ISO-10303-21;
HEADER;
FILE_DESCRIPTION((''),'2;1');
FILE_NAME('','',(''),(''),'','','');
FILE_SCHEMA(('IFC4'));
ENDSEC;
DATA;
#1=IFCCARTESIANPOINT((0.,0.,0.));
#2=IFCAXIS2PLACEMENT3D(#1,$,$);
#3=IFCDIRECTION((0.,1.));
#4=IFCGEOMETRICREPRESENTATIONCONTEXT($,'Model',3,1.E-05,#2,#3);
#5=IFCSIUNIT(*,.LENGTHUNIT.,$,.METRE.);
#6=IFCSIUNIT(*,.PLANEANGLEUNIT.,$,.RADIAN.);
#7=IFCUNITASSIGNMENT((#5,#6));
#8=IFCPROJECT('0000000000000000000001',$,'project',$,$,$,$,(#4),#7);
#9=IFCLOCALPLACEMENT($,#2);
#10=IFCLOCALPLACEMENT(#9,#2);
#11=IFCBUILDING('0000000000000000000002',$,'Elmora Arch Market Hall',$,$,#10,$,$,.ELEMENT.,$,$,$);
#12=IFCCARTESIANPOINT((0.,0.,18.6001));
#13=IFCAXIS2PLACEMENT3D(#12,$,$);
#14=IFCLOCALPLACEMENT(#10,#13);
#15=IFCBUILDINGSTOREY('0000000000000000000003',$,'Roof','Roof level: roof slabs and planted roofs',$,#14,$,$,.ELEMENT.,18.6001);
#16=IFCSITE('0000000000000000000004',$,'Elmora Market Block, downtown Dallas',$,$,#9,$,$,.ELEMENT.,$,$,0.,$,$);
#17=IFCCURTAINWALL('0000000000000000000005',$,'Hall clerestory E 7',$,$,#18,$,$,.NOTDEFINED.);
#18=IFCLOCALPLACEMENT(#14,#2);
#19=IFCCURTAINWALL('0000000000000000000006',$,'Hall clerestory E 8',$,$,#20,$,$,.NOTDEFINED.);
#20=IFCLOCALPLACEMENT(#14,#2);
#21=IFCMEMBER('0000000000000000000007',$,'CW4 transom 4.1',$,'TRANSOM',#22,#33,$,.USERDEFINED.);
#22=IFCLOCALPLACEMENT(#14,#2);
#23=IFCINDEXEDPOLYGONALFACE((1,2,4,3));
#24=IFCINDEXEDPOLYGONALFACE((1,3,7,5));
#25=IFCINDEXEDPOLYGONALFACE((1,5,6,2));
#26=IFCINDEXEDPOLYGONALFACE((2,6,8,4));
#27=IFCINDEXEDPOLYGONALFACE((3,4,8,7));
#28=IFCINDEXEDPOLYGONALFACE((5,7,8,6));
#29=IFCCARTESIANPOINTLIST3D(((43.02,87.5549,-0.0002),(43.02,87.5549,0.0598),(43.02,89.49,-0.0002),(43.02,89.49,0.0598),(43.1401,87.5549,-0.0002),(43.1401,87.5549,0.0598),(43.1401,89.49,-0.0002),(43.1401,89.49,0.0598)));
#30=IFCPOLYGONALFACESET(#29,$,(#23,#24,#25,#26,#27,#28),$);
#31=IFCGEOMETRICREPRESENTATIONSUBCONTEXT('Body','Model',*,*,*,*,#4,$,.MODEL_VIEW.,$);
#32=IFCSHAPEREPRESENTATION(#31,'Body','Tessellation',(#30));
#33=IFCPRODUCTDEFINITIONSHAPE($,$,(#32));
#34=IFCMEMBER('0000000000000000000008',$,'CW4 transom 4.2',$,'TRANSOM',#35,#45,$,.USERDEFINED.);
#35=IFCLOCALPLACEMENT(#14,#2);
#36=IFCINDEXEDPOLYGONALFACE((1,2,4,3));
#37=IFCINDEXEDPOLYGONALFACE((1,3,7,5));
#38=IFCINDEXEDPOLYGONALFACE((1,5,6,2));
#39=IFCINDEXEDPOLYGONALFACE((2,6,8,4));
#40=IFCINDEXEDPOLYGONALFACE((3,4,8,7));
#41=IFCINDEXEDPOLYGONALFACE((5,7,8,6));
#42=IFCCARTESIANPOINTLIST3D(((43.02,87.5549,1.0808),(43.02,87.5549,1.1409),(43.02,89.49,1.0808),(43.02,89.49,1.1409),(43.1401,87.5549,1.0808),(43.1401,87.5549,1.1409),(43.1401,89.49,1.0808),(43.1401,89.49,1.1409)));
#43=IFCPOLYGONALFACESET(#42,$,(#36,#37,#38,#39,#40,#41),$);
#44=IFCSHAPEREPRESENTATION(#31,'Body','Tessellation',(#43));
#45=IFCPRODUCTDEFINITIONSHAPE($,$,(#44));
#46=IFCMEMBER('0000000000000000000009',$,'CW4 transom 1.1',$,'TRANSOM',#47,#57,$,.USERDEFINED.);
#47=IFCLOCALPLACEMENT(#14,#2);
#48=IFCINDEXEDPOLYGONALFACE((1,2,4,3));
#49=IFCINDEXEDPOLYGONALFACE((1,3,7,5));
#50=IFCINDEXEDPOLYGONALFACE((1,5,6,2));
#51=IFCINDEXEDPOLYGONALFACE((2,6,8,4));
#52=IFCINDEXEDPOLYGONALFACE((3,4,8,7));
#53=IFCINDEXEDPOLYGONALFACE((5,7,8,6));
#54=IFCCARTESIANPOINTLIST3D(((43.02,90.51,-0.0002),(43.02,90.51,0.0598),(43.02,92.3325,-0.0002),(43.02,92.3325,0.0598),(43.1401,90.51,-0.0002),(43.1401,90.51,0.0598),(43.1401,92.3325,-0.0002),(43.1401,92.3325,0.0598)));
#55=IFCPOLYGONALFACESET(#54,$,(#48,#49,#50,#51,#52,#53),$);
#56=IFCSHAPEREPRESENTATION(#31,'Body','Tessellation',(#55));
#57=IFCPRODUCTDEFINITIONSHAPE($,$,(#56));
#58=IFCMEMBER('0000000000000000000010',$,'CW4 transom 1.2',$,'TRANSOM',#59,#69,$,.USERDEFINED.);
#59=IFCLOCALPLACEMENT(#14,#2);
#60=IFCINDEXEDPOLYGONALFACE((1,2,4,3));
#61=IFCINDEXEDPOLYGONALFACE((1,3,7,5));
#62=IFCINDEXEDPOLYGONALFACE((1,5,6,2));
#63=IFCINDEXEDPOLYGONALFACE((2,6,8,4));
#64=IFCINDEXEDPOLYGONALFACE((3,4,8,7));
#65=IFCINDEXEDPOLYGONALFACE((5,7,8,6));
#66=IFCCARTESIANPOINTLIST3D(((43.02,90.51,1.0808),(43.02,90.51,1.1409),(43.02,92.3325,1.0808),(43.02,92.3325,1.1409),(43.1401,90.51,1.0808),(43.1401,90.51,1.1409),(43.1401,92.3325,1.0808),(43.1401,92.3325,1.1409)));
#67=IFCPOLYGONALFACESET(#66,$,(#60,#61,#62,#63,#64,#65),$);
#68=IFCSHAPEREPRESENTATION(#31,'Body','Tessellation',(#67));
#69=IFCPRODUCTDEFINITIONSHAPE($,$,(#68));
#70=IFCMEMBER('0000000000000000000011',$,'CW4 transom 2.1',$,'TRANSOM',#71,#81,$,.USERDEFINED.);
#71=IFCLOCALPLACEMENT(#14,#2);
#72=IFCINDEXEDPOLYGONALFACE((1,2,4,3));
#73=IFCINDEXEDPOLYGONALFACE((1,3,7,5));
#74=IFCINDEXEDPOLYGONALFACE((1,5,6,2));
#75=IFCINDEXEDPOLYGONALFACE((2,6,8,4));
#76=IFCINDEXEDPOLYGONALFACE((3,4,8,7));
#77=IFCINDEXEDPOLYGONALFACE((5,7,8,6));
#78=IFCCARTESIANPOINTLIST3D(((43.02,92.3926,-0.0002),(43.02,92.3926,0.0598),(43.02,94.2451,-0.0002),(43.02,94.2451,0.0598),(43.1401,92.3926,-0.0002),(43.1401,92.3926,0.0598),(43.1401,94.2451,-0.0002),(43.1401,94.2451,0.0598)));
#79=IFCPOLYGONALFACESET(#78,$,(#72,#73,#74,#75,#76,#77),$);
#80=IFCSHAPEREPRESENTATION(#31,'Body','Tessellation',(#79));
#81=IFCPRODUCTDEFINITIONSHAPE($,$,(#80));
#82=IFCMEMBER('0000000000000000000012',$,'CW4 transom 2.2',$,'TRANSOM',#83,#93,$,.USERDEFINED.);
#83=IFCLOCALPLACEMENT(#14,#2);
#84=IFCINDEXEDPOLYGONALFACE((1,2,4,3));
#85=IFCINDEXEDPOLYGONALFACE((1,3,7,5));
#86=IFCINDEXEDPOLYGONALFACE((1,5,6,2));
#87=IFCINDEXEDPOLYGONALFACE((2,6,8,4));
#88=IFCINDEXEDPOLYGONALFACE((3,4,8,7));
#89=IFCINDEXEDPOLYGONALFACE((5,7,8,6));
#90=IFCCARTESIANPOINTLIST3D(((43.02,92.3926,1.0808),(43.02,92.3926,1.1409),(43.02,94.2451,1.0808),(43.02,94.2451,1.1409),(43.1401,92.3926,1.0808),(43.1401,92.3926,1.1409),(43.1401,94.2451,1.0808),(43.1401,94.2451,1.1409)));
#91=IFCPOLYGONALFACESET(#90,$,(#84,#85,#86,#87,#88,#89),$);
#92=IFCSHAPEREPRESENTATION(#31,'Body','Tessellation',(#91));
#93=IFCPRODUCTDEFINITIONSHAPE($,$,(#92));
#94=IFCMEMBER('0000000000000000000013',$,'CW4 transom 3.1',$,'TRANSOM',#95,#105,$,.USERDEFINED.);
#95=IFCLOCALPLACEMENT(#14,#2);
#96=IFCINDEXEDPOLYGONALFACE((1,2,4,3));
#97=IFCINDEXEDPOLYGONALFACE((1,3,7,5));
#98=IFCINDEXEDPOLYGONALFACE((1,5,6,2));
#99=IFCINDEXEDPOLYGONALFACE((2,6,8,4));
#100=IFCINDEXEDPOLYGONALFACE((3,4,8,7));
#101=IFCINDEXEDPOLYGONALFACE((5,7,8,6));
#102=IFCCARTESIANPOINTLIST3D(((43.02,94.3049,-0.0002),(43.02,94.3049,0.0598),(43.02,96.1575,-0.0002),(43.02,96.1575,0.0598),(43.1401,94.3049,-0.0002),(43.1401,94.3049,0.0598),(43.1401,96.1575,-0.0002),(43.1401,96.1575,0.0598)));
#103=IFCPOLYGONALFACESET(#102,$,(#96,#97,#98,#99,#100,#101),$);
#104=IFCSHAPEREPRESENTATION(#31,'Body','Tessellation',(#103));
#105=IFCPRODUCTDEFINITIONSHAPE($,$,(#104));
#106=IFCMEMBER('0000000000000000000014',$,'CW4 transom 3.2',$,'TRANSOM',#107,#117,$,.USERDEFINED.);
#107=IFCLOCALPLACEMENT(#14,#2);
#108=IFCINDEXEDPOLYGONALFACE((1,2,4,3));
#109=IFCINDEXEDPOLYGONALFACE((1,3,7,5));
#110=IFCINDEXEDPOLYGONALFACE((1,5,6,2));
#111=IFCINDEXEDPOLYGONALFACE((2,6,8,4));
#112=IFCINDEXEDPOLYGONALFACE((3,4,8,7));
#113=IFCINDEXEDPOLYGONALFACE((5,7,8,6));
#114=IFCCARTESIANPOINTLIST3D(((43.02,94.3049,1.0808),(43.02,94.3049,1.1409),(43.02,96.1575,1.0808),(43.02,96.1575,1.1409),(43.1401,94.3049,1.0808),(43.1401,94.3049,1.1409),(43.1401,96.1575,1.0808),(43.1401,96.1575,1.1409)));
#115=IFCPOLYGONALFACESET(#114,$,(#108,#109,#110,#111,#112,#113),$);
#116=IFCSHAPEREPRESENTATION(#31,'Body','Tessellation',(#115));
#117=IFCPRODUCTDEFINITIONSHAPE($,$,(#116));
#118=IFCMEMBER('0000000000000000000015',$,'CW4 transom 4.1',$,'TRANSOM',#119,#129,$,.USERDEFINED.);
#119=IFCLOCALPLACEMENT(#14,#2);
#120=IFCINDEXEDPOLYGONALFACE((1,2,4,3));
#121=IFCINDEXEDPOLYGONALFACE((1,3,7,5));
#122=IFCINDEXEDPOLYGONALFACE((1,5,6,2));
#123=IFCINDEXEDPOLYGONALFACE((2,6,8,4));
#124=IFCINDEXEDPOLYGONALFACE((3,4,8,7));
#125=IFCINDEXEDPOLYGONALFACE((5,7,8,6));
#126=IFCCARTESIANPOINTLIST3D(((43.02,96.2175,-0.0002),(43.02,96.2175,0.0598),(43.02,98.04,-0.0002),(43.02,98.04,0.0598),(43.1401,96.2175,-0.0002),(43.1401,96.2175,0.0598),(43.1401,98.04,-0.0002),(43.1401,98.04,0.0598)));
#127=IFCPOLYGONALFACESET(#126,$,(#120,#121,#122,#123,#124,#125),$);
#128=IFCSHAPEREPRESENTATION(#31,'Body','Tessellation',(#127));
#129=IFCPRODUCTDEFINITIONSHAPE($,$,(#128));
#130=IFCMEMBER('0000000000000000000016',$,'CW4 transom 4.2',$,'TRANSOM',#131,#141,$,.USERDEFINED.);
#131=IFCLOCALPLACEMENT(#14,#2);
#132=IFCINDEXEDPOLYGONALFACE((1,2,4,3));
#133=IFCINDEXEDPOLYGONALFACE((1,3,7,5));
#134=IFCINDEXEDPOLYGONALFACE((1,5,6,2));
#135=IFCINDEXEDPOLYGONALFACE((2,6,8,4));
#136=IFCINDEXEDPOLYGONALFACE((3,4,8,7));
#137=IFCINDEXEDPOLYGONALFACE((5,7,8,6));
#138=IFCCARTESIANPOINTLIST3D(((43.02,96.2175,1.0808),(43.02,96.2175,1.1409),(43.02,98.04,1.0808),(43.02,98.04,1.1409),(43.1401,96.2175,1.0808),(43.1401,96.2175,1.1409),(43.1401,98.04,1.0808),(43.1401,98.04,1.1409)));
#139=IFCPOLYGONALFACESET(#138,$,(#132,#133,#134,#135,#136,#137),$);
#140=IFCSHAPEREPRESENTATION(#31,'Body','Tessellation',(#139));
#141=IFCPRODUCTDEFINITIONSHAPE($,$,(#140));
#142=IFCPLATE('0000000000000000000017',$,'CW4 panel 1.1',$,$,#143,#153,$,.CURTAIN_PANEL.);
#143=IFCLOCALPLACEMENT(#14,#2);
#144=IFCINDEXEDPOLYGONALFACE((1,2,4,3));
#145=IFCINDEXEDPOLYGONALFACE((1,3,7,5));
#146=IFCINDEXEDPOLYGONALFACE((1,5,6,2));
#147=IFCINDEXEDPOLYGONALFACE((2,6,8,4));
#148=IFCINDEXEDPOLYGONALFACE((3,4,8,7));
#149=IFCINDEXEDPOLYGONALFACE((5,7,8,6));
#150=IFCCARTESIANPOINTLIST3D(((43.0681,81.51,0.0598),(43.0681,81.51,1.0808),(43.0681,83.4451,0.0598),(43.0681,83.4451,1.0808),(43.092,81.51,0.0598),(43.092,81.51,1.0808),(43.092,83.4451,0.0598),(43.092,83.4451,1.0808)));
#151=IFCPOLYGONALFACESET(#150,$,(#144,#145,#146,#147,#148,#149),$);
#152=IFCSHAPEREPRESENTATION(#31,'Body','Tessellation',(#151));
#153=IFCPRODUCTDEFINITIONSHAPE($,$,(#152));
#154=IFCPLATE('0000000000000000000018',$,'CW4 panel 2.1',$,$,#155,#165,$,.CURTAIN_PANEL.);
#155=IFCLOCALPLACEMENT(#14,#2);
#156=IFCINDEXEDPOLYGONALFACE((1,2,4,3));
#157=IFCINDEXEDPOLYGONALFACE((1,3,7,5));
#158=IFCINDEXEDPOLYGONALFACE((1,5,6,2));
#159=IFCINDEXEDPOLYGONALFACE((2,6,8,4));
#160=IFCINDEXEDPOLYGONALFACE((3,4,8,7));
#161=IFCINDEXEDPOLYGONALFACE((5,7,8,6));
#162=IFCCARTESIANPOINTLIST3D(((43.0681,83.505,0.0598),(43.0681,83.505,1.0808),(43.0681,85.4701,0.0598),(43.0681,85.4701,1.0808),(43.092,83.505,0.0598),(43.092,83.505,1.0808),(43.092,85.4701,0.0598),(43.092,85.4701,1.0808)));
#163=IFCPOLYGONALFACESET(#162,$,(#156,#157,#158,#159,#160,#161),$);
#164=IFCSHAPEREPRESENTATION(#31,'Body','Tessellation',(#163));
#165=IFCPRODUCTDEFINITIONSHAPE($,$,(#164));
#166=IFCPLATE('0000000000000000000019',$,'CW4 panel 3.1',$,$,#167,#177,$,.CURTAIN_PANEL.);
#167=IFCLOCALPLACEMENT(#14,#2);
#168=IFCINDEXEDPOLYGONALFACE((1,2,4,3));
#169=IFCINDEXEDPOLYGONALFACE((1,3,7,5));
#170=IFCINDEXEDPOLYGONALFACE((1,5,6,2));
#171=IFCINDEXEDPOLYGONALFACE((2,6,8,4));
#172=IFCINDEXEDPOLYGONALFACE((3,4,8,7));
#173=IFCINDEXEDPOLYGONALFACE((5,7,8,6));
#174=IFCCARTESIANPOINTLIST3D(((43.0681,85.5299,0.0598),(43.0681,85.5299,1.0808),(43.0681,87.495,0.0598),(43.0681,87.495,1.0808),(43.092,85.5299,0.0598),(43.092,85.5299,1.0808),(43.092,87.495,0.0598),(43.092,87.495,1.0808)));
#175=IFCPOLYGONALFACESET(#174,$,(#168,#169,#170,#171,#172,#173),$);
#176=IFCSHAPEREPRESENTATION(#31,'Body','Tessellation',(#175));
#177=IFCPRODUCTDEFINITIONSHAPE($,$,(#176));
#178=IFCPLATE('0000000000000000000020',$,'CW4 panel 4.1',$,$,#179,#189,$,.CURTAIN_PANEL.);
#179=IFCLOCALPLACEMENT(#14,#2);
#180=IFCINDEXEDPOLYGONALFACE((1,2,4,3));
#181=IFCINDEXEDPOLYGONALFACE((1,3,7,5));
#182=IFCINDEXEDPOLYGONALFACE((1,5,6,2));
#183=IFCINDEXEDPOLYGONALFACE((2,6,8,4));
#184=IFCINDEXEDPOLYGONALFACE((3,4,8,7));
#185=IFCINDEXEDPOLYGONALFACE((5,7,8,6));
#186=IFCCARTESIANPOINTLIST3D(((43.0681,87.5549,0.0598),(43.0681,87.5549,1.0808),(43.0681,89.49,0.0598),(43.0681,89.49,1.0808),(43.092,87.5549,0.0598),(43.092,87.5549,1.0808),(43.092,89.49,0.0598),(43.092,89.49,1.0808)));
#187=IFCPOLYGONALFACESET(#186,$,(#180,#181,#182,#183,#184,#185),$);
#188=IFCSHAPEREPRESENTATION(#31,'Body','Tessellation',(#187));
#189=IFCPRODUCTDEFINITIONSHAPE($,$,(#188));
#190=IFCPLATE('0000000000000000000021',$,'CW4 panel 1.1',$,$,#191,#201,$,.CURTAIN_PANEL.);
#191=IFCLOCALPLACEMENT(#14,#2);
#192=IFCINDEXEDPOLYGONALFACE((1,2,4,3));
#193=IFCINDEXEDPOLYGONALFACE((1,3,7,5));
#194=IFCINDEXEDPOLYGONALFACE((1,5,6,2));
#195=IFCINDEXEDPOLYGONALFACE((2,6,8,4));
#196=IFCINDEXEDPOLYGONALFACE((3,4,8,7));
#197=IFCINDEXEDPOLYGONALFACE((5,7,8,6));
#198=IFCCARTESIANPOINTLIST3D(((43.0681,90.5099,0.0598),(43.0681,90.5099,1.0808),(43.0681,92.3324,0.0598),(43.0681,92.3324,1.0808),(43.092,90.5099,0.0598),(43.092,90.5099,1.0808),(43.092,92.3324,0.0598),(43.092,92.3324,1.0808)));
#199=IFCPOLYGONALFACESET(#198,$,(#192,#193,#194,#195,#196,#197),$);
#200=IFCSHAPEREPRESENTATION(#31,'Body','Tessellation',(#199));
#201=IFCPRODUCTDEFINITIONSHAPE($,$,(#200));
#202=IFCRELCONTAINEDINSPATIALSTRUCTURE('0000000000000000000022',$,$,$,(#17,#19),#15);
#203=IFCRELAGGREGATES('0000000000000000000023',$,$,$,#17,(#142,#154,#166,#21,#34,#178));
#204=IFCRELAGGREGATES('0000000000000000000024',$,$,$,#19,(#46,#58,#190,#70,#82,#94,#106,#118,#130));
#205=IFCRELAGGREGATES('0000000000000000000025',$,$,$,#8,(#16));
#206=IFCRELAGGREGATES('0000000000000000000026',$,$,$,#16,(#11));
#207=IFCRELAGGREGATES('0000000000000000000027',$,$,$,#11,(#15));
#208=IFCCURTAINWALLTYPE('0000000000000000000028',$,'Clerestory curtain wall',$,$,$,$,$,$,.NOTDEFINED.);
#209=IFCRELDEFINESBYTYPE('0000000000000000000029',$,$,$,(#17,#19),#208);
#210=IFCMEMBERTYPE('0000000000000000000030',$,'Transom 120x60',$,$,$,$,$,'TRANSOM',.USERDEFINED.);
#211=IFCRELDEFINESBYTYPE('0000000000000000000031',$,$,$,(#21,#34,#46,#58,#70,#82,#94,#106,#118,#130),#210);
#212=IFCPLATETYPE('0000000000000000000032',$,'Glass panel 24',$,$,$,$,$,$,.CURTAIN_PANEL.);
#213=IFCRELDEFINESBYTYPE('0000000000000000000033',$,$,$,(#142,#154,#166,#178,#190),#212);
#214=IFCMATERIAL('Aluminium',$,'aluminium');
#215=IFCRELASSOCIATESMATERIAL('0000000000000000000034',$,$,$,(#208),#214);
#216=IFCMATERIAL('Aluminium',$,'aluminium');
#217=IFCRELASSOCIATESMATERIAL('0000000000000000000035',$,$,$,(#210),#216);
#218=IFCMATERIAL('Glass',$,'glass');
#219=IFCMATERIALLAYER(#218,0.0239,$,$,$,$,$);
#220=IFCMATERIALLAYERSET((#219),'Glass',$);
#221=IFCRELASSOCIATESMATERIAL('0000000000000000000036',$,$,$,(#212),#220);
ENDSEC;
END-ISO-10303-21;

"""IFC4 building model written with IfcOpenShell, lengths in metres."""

from ifc_helpers import new_model, si_unit, direction, frame, origin, origin_2d, place, context, subcontext, project, spatial, rectangle, extrude, material, layer, layer_set, material_profile, profile_set, type_object, element, aggregate, save


model = new_model("IFC4")

# Units and contexts
model_context = context("Model", 3, precision=1e-05, world=origin(), true_north=direction((0.0, 1.0)))
body_context = subcontext(model_context, "Body", "Model", "MODEL_VIEW")
ifc_project = project(units=[si_unit("LENGTHUNIT", "METRE"), si_unit("PLANEANGLEUNIT", "RADIAN")], contexts=[model_context])

# Site, building, storey
site_placement = place(None, origin())
site = spatial("IfcSite", under=ifc_project, at=site_placement, Name="Elmora Market Block, downtown Dallas", CompositionType="ELEMENT", RefElevation=0.0)
building_placement = place(site_placement, origin())
building = spatial("IfcBuilding", under=site, at=building_placement, Name="Elmora Arch Market Hall", CompositionType="ELEMENT")
storey_placement = place(building_placement, frame((0.0, 0.0, 18.6001)))
storey = spatial("IfcBuildingStorey", under=building, at=storey_placement, Name="Roof", Description="Roof level: roof slabs and planted roofs", CompositionType="ELEMENT", Elevation=18.6001)

# Curtain walls
ifc_material_1 = material(Name="Aluminium", Category="aluminium")
curtain_wall_type = type_object("IfcCurtainWallType", Name="Clerestory curtain wall", PredefinedType="NOTDEFINED", material=ifc_material_1)
curtain_wall_1_placement = place(storey_placement, origin())
curtain_wall_1 = element("IfcCurtainWall", 1, at=curtain_wall_1_placement, inside=storey, type_object=curtain_wall_type, Name="Hall clerestory E 7", PredefinedType="NOTDEFINED")
curtain_wall_2_placement = place(storey_placement, origin())
curtain_wall_2 = element("IfcCurtainWall", 2, at=curtain_wall_2_placement, inside=storey, type_object=curtain_wall_type, Name="Hall clerestory E 8", PredefinedType="NOTDEFINED")

# Members
ifc_material_2 = material(Name="Aluminium", Category="aluminium")
ifc_material_profile_1 = material_profile(ifc_material_2, rectangle(XDim=0.1201, YDim=0.0601, at=origin_2d()), Name="AL 120x60")
ifc_profile_set_1 = profile_set([ifc_material_profile_1], Name="Aluminium")
member_type_1 = type_object("IfcMemberType", Name="Transom 120x60", ElementType="TRANSOM", PredefinedType="USERDEFINED", material=ifc_profile_set_1)
member_1_placement = place(storey_placement, frame((43.0801, 87.5549, 0.0298), z_axis=(0.0, 1.0, 0.0), x_axis=(-1.0, 0.0, 0.0)))
member_1 = element("IfcMember", 3, at=member_1_placement, type_object=member_type_1, Name="CW4 transom 4.1", ObjectType="TRANSOM", PredefinedType="USERDEFINED", context=body_context, shape_type="SweptSolid", body=[
    extrude(rectangle(XDim=0.1201, YDim=0.0601, at=origin_2d()), origin(), (0.0, 0.0, 1.0), 1.9351),
])
member_2_placement = place(storey_placement, frame((43.0801, 87.5549, 1.1108), z_axis=(0.0, 1.0, 0.0), x_axis=(-1.0, 0.0, 0.0)))
member_2 = element("IfcMember", 4, at=member_2_placement, type_object=member_type_1, Name="CW4 transom 4.2", ObjectType="TRANSOM", PredefinedType="USERDEFINED", context=body_context, shape_type="SweptSolid", body=[
    extrude(rectangle(XDim=0.1201, YDim=0.0601, at=origin_2d()), origin(), (0.0, 0.0, 1.0), 1.9351),
])
member_3_placement = place(storey_placement, frame((43.0801, 90.51, 0.0298), z_axis=(0.0, 1.0, 0.0), x_axis=(-1.0, 0.0, 0.0)))
member_3 = element("IfcMember", 5, at=member_3_placement, type_object=member_type_1, Name="CW4 transom 1.1", ObjectType="TRANSOM", PredefinedType="USERDEFINED", context=body_context, shape_type="SweptSolid", body=[
    extrude(rectangle(XDim=0.1201, YDim=0.0601, at=origin_2d()), origin(), (0.0, 0.0, 1.0), 1.8225),
])
member_4_placement = place(storey_placement, frame((43.0801, 90.51, 1.1108), z_axis=(0.0, 1.0, 0.0), x_axis=(-1.0, 0.0, 0.0)))
member_4 = element("IfcMember", 6, at=member_4_placement, type_object=member_type_1, Name="CW4 transom 1.2", ObjectType="TRANSOM", PredefinedType="USERDEFINED", context=body_context, shape_type="SweptSolid", body=[
    extrude(rectangle(XDim=0.1201, YDim=0.0601, at=origin_2d()), origin(), (0.0, 0.0, 1.0), 1.8225),
])
member_5_placement = place(storey_placement, frame((43.0801, 92.3926, 0.0298), z_axis=(0.0, 1.0, 0.0), x_axis=(-1.0, 0.0, 0.0)))
member_5 = element("IfcMember", 7, at=member_5_placement, type_object=member_type_1, Name="CW4 transom 2.1", ObjectType="TRANSOM", PredefinedType="USERDEFINED", context=body_context, shape_type="SweptSolid", body=[
    extrude(rectangle(XDim=0.1201, YDim=0.0601, at=origin_2d()), origin(), (0.0, 0.0, 1.0), 1.8525),
])
member_6_placement = place(storey_placement, frame((43.0801, 92.3926, 1.1108), z_axis=(0.0, 1.0, 0.0), x_axis=(-1.0, 0.0, 0.0)))
member_6 = element("IfcMember", 8, at=member_6_placement, type_object=member_type_1, Name="CW4 transom 2.2", ObjectType="TRANSOM", PredefinedType="USERDEFINED", context=body_context, shape_type="SweptSolid", body=[
    extrude(rectangle(XDim=0.1201, YDim=0.0601, at=origin_2d()), origin(), (0.0, 0.0, 1.0), 1.8525),
])
member_7_placement = place(storey_placement, frame((43.0801, 94.3049, 0.0298), z_axis=(0.0, 1.0, 0.0), x_axis=(-1.0, 0.0, 0.0)))
member_7 = element("IfcMember", 9, at=member_7_placement, type_object=member_type_1, Name="CW4 transom 3.1", ObjectType="TRANSOM", PredefinedType="USERDEFINED", context=body_context, shape_type="SweptSolid", body=[
    extrude(rectangle(XDim=0.1201, YDim=0.0601, at=origin_2d()), origin(), (0.0, 0.0, 1.0), 1.8525),
])
member_8_placement = place(storey_placement, frame((43.0801, 94.3049, 1.1108), z_axis=(0.0, 1.0, 0.0), x_axis=(-1.0, 0.0, 0.0)))
member_8 = element("IfcMember", 10, at=member_8_placement, type_object=member_type_1, Name="CW4 transom 3.2", ObjectType="TRANSOM", PredefinedType="USERDEFINED", context=body_context, shape_type="SweptSolid", body=[
    extrude(rectangle(XDim=0.1201, YDim=0.0601, at=origin_2d()), origin(), (0.0, 0.0, 1.0), 1.8525),
])
member_9_placement = place(storey_placement, frame((43.0801, 96.2175, 0.0298), z_axis=(0.0, 1.0, 0.0), x_axis=(-1.0, 0.0, 0.0)))
member_9 = element("IfcMember", 11, at=member_9_placement, type_object=member_type_1, Name="CW4 transom 4.1", ObjectType="TRANSOM", PredefinedType="USERDEFINED", context=body_context, shape_type="SweptSolid", body=[
    extrude(rectangle(XDim=0.1201, YDim=0.0601, at=origin_2d()), origin(), (0.0, 0.0, 1.0), 1.8225),
])
member_10_placement = place(storey_placement, frame((43.0801, 96.2175, 1.1108), z_axis=(0.0, 1.0, 0.0), x_axis=(-1.0, 0.0, 0.0)))
member_10 = element("IfcMember", 12, at=member_10_placement, type_object=member_type_1, Name="CW4 transom 4.2", ObjectType="TRANSOM", PredefinedType="USERDEFINED", context=body_context, shape_type="SweptSolid", body=[
    extrude(rectangle(XDim=0.1201, YDim=0.0601, at=origin_2d()), origin(), (0.0, 0.0, 1.0), 1.8225),
])

# Plates
ifc_material_3 = material(Name="Glass", Category="glass")
ifc_layer = layer(ifc_material_3, 0.0239)
ifc_layer_set = layer_set([ifc_layer], Name="Glass")
plate_type = type_object("IfcPlateType", Name="Glass panel 24", PredefinedType="CURTAIN_PANEL", material=ifc_layer_set)
plate_1_placement = place(storey_placement, frame((43.0801, 82.4775, 0.0598), z_axis=(0.0, 0.0, 1.0), x_axis=(0.0, 1.0, 0.0)))
plate_1 = element("IfcPlate", 13, at=plate_1_placement, type_object=plate_type, Name="CW4 panel 1.1", PredefinedType="CURTAIN_PANEL", context=body_context, shape_type="SweptSolid", body=[
    extrude(rectangle(XDim=1.9351, YDim=0.0239, at=origin_2d()), origin(), (0.0, 0.0, 1.0), 1.021),
])
plate_2_placement = place(storey_placement, frame((43.0801, 84.4875, 0.0598), z_axis=(0.0, 0.0, 1.0), x_axis=(0.0, 1.0, 0.0)))
plate_2 = element("IfcPlate", 14, at=plate_2_placement, type_object=plate_type, Name="CW4 panel 2.1", PredefinedType="CURTAIN_PANEL", context=body_context, shape_type="SweptSolid", body=[
    extrude(rectangle(XDim=1.9651, YDim=0.0239, at=origin_2d()), origin(), (0.0, 0.0, 1.0), 1.021),
])
plate_3_placement = place(storey_placement, frame((43.0801, 86.5125, 0.0598), z_axis=(0.0, 0.0, 1.0), x_axis=(0.0, 1.0, 0.0)))
plate_3 = element("IfcPlate", 15, at=plate_3_placement, type_object=plate_type, Name="CW4 panel 3.1", PredefinedType="CURTAIN_PANEL", context=body_context, shape_type="SweptSolid", body=[
    extrude(rectangle(XDim=1.9651, YDim=0.0239, at=origin_2d()), origin(), (0.0, 0.0, 1.0), 1.021),
])
plate_4_placement = place(storey_placement, frame((43.0801, 88.5225, 0.0598), z_axis=(0.0, 0.0, 1.0), x_axis=(0.0, 1.0, 0.0)))
plate_4 = element("IfcPlate", 16, at=plate_4_placement, type_object=plate_type, Name="CW4 panel 4.1", PredefinedType="CURTAIN_PANEL", context=body_context, shape_type="SweptSolid", body=[
    extrude(rectangle(XDim=1.9351, YDim=0.0239, at=origin_2d()), origin(), (0.0, 0.0, 1.0), 1.021),
])
aggregate(curtain_wall_1, [plate_1, plate_2, plate_3, member_1, member_2, plate_4])
plate_5_placement = place(storey_placement, frame((43.0801, 91.4211, 0.0598), z_axis=(0.0, 0.0, 1.0), x_axis=(0.0, 1.0, 0.0)))
plate_5 = element("IfcPlate", 17, at=plate_5_placement, type_object=plate_type, Name="CW4 panel 1.1", PredefinedType="CURTAIN_PANEL", context=body_context, shape_type="SweptSolid", body=[
    extrude(rectangle(XDim=1.8225, YDim=0.0239, at=origin_2d()), origin(), (0.0, 0.0, 1.0), 1.021),
])
aggregate(curtain_wall_2, [member_3, member_4, plate_5, member_5, member_6, member_7, member_8, member_9, member_10])

save(model, "model.ifc")
